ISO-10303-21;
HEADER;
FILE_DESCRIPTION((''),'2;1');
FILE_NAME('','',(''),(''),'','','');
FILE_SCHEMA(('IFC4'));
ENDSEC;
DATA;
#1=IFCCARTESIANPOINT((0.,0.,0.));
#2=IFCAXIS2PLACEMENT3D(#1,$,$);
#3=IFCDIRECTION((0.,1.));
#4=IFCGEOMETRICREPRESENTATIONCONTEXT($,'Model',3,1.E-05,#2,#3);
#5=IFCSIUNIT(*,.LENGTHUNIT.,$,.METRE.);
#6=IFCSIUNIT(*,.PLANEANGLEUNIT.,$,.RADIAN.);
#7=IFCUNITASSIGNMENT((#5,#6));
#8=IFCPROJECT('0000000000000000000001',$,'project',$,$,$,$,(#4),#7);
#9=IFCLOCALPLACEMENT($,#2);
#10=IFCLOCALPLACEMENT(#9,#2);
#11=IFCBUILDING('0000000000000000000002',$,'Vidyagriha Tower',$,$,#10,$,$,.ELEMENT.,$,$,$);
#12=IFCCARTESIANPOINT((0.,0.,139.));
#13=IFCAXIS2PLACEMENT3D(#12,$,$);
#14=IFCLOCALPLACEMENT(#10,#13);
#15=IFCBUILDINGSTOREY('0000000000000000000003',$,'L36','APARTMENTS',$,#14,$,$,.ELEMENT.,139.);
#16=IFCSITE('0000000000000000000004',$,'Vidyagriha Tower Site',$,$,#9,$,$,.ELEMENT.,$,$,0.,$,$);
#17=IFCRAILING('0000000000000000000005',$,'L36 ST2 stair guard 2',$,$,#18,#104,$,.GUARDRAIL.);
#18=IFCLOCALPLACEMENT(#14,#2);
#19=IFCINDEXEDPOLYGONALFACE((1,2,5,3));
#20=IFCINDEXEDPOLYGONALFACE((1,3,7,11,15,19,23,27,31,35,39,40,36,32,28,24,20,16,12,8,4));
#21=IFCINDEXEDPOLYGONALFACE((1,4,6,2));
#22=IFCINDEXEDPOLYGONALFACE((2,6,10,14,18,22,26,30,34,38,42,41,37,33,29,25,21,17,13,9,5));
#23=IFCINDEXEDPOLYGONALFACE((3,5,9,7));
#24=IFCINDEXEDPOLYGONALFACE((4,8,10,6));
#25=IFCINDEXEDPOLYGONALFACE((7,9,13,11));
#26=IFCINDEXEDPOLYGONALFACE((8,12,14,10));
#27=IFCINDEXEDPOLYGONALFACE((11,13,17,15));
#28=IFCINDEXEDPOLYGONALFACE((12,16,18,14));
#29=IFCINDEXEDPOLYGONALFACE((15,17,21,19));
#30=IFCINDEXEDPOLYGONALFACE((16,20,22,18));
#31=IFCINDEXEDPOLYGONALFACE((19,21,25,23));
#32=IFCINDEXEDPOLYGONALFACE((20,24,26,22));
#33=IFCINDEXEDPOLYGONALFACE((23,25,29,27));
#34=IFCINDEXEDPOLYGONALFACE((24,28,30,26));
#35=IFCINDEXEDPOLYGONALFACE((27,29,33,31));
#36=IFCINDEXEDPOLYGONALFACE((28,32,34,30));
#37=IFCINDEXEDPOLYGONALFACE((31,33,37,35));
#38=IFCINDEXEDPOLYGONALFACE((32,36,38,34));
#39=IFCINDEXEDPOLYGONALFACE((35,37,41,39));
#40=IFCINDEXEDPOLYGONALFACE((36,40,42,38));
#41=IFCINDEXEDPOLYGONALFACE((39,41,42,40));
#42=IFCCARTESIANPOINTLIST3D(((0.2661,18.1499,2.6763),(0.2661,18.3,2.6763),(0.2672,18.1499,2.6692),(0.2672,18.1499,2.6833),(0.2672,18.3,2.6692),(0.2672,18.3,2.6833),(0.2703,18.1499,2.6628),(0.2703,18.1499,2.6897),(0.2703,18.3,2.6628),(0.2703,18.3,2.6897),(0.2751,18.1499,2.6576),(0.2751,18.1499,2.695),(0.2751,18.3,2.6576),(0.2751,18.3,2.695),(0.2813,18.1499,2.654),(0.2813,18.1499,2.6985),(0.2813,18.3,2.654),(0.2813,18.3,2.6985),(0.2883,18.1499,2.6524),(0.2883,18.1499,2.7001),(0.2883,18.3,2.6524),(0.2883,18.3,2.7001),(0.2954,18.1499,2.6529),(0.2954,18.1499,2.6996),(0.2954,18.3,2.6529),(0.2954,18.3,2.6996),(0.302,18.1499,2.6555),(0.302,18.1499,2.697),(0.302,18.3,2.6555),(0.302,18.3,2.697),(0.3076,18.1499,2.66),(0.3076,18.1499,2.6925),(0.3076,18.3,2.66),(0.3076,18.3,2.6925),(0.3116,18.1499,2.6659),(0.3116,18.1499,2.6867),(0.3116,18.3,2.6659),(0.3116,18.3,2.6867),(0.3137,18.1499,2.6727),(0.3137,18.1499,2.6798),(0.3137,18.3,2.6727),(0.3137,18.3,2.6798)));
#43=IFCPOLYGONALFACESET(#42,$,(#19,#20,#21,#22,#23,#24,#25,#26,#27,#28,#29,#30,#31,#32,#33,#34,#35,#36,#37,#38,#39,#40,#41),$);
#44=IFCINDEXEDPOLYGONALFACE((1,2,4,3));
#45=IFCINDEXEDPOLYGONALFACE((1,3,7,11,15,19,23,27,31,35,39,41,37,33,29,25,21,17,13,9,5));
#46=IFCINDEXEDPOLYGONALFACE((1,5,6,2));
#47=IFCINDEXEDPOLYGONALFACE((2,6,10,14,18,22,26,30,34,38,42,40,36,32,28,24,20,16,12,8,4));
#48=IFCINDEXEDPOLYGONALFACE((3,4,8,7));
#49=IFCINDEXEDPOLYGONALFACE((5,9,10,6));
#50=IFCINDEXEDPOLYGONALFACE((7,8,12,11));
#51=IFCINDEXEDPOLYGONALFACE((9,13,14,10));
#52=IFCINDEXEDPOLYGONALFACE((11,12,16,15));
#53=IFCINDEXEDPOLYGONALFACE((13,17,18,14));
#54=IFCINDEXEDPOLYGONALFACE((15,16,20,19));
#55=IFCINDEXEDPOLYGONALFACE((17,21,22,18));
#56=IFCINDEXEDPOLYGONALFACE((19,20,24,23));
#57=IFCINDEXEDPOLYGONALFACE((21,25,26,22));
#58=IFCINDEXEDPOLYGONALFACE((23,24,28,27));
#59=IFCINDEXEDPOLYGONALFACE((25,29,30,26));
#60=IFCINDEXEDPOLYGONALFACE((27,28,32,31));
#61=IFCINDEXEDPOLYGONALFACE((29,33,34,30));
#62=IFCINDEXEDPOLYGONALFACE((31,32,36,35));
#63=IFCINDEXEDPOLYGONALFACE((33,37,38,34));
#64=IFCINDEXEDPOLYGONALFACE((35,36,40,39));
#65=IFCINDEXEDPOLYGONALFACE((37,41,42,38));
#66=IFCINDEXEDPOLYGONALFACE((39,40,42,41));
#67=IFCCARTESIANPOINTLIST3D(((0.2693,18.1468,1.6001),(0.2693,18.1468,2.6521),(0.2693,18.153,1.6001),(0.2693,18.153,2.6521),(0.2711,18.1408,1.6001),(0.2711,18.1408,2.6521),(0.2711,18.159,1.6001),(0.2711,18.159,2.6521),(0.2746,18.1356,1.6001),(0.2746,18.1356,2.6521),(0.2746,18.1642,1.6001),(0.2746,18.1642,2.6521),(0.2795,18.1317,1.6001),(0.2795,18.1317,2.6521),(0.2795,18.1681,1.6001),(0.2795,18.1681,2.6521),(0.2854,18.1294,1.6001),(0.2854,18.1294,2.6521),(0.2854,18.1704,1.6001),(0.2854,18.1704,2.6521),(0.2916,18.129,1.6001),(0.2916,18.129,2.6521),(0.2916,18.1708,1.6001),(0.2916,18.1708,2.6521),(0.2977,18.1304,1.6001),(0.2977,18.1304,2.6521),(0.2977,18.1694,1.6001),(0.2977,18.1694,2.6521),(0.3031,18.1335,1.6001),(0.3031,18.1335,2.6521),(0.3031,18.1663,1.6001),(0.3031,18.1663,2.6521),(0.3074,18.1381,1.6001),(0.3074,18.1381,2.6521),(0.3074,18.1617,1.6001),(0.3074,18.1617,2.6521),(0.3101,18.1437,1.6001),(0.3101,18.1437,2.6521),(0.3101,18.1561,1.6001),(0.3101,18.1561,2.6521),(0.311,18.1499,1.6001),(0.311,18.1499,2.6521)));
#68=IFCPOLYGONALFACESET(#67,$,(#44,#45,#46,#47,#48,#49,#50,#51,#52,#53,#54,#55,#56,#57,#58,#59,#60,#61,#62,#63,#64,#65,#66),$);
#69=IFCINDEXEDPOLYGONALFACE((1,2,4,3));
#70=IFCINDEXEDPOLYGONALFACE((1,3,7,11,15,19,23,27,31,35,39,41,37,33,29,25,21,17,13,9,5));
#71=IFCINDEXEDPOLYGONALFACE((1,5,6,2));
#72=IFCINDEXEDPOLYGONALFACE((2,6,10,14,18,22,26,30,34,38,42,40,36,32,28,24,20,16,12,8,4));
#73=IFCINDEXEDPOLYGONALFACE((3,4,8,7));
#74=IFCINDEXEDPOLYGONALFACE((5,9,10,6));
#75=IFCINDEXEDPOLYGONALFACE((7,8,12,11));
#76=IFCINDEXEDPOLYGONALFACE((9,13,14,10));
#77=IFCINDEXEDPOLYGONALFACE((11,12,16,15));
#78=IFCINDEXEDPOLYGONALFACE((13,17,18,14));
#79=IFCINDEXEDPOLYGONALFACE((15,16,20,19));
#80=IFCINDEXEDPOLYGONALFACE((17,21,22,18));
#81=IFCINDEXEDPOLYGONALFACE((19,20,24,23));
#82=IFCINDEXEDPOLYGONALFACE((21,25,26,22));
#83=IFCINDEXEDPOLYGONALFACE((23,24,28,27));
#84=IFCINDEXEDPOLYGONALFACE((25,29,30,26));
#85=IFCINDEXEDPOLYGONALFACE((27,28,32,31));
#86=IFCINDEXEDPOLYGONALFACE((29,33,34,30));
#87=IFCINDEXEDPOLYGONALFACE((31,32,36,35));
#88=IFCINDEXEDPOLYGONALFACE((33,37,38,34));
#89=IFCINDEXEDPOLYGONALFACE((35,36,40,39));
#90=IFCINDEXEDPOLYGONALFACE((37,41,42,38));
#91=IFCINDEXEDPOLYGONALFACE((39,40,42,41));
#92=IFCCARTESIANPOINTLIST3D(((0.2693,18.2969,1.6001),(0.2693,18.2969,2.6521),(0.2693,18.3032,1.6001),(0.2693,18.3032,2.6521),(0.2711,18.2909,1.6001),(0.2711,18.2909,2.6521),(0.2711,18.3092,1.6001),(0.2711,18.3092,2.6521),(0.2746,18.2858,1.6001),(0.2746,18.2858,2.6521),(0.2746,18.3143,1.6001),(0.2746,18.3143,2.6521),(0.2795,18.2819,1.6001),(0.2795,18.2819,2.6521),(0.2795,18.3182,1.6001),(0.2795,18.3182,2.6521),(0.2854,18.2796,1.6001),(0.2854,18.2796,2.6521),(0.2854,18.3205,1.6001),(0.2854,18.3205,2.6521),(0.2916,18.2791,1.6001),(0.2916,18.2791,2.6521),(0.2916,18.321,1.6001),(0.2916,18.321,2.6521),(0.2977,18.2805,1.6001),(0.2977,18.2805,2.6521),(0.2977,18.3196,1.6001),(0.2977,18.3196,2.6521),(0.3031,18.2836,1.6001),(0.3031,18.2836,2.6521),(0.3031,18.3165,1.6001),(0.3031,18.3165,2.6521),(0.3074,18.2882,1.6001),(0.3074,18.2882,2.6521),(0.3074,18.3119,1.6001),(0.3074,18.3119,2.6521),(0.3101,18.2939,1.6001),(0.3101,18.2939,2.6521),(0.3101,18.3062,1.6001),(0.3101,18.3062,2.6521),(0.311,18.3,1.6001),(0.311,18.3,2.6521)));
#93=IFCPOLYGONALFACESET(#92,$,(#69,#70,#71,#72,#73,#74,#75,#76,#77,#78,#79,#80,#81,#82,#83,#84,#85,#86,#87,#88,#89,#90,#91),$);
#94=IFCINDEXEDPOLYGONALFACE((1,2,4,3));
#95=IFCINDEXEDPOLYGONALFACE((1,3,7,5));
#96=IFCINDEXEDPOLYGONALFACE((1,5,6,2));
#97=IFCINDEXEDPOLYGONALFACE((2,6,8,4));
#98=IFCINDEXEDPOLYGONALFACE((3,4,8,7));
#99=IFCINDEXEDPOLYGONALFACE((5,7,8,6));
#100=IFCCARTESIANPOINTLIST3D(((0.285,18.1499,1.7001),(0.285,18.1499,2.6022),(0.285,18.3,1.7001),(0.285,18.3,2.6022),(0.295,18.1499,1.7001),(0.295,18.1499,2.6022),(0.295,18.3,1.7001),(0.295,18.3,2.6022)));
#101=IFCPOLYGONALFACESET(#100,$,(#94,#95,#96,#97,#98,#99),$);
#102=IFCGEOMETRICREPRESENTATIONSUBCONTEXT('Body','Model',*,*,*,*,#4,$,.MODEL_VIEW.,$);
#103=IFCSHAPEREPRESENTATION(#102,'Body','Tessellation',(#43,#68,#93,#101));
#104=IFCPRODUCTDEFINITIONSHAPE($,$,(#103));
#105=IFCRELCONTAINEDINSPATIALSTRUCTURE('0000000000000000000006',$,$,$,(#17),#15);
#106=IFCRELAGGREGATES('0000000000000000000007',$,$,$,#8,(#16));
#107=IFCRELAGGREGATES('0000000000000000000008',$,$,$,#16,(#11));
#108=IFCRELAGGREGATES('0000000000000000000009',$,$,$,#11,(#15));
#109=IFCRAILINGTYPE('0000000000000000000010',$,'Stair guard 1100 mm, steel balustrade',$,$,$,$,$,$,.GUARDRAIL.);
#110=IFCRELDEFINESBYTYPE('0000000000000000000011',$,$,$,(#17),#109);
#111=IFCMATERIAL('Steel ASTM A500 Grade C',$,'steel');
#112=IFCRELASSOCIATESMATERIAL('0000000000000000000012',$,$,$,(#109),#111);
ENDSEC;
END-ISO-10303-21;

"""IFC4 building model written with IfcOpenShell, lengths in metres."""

from ifc_helpers import new_model, si_unit, direction, frame, origin, origin_2d, place, context, subcontext, project, spatial, rectangle, circle, extrude, material, type_object, element, save


model = new_model("IFC4")

# Units and contexts
model_context = context("Model", 3, precision=1e-05, world=origin(), true_north=direction((0.0, 1.0)))
body_context = subcontext(model_context, "Body", "Model", "MODEL_VIEW")
ifc_project = project(units=[si_unit("LENGTHUNIT", "METRE"), si_unit("PLANEANGLEUNIT", "RADIAN")], contexts=[model_context])

# Site, building, storey
site_placement = place(None, origin())
site = spatial("IfcSite", under=ifc_project, at=site_placement, Name="Vidyagriha Tower Site", CompositionType="ELEMENT", RefElevation=0.0)
building_placement = place(site_placement, origin())
building = spatial("IfcBuilding", under=site, at=building_placement, Name="Vidyagriha Tower", CompositionType="ELEMENT")
storey_placement = place(building_placement, frame((0.0, 0.0, 139.0)))
storey = spatial("IfcBuildingStorey", under=building, at=storey_placement, Name="L36", Description="APARTMENTS", CompositionType="ELEMENT", Elevation=139.0)

# Railing
ifc_material_1 = material(Name="Steel ASTM A500 Grade C", Category="steel")
railing_type_1 = type_object("IfcRailingType", Name="Stair guard 1100 mm, steel balustrade", PredefinedType="GUARDRAIL", material=ifc_material_1)
railing_1_placement = place(storey_placement, frame((0.29, 18.1499, 1.6001)))
element("IfcRailing", 1, at=railing_1_placement, inside=storey, type_object=railing_type_1, Name="L36 ST2 stair guard 2", PredefinedType="GUARDRAIL", context=body_context, shape_type="SweptSolid", body=[
    extrude(circle(Radius=0.0239, at=origin_2d()), frame((0.0, 0.0, 1.0762), z_axis=(0.0, 1.0, 0.0), x_axis=(-1.0, 0.0, 0.0)), (0.0, 0.0, 1.0), 0.1501),
    extrude(circle(Radius=0.021, at=origin_2d()), origin(), (0.0, 0.0, 1.0), 1.052),
    extrude(circle(Radius=0.021, at=origin_2d()), frame((0.0, 0.1501, 0.0)), (0.0, 0.0, 1.0), 1.052),
    extrude(rectangle(XDim=0.01, YDim=0.9021, at=origin_2d()), frame((0.0, 0.0, 0.551), z_axis=(0.0, 1.0, 0.0), x_axis=(-1.0, 0.0, 0.0)), (0.0, 0.0, 1.0), 0.1501),
])

save(model, "model.ifc")
